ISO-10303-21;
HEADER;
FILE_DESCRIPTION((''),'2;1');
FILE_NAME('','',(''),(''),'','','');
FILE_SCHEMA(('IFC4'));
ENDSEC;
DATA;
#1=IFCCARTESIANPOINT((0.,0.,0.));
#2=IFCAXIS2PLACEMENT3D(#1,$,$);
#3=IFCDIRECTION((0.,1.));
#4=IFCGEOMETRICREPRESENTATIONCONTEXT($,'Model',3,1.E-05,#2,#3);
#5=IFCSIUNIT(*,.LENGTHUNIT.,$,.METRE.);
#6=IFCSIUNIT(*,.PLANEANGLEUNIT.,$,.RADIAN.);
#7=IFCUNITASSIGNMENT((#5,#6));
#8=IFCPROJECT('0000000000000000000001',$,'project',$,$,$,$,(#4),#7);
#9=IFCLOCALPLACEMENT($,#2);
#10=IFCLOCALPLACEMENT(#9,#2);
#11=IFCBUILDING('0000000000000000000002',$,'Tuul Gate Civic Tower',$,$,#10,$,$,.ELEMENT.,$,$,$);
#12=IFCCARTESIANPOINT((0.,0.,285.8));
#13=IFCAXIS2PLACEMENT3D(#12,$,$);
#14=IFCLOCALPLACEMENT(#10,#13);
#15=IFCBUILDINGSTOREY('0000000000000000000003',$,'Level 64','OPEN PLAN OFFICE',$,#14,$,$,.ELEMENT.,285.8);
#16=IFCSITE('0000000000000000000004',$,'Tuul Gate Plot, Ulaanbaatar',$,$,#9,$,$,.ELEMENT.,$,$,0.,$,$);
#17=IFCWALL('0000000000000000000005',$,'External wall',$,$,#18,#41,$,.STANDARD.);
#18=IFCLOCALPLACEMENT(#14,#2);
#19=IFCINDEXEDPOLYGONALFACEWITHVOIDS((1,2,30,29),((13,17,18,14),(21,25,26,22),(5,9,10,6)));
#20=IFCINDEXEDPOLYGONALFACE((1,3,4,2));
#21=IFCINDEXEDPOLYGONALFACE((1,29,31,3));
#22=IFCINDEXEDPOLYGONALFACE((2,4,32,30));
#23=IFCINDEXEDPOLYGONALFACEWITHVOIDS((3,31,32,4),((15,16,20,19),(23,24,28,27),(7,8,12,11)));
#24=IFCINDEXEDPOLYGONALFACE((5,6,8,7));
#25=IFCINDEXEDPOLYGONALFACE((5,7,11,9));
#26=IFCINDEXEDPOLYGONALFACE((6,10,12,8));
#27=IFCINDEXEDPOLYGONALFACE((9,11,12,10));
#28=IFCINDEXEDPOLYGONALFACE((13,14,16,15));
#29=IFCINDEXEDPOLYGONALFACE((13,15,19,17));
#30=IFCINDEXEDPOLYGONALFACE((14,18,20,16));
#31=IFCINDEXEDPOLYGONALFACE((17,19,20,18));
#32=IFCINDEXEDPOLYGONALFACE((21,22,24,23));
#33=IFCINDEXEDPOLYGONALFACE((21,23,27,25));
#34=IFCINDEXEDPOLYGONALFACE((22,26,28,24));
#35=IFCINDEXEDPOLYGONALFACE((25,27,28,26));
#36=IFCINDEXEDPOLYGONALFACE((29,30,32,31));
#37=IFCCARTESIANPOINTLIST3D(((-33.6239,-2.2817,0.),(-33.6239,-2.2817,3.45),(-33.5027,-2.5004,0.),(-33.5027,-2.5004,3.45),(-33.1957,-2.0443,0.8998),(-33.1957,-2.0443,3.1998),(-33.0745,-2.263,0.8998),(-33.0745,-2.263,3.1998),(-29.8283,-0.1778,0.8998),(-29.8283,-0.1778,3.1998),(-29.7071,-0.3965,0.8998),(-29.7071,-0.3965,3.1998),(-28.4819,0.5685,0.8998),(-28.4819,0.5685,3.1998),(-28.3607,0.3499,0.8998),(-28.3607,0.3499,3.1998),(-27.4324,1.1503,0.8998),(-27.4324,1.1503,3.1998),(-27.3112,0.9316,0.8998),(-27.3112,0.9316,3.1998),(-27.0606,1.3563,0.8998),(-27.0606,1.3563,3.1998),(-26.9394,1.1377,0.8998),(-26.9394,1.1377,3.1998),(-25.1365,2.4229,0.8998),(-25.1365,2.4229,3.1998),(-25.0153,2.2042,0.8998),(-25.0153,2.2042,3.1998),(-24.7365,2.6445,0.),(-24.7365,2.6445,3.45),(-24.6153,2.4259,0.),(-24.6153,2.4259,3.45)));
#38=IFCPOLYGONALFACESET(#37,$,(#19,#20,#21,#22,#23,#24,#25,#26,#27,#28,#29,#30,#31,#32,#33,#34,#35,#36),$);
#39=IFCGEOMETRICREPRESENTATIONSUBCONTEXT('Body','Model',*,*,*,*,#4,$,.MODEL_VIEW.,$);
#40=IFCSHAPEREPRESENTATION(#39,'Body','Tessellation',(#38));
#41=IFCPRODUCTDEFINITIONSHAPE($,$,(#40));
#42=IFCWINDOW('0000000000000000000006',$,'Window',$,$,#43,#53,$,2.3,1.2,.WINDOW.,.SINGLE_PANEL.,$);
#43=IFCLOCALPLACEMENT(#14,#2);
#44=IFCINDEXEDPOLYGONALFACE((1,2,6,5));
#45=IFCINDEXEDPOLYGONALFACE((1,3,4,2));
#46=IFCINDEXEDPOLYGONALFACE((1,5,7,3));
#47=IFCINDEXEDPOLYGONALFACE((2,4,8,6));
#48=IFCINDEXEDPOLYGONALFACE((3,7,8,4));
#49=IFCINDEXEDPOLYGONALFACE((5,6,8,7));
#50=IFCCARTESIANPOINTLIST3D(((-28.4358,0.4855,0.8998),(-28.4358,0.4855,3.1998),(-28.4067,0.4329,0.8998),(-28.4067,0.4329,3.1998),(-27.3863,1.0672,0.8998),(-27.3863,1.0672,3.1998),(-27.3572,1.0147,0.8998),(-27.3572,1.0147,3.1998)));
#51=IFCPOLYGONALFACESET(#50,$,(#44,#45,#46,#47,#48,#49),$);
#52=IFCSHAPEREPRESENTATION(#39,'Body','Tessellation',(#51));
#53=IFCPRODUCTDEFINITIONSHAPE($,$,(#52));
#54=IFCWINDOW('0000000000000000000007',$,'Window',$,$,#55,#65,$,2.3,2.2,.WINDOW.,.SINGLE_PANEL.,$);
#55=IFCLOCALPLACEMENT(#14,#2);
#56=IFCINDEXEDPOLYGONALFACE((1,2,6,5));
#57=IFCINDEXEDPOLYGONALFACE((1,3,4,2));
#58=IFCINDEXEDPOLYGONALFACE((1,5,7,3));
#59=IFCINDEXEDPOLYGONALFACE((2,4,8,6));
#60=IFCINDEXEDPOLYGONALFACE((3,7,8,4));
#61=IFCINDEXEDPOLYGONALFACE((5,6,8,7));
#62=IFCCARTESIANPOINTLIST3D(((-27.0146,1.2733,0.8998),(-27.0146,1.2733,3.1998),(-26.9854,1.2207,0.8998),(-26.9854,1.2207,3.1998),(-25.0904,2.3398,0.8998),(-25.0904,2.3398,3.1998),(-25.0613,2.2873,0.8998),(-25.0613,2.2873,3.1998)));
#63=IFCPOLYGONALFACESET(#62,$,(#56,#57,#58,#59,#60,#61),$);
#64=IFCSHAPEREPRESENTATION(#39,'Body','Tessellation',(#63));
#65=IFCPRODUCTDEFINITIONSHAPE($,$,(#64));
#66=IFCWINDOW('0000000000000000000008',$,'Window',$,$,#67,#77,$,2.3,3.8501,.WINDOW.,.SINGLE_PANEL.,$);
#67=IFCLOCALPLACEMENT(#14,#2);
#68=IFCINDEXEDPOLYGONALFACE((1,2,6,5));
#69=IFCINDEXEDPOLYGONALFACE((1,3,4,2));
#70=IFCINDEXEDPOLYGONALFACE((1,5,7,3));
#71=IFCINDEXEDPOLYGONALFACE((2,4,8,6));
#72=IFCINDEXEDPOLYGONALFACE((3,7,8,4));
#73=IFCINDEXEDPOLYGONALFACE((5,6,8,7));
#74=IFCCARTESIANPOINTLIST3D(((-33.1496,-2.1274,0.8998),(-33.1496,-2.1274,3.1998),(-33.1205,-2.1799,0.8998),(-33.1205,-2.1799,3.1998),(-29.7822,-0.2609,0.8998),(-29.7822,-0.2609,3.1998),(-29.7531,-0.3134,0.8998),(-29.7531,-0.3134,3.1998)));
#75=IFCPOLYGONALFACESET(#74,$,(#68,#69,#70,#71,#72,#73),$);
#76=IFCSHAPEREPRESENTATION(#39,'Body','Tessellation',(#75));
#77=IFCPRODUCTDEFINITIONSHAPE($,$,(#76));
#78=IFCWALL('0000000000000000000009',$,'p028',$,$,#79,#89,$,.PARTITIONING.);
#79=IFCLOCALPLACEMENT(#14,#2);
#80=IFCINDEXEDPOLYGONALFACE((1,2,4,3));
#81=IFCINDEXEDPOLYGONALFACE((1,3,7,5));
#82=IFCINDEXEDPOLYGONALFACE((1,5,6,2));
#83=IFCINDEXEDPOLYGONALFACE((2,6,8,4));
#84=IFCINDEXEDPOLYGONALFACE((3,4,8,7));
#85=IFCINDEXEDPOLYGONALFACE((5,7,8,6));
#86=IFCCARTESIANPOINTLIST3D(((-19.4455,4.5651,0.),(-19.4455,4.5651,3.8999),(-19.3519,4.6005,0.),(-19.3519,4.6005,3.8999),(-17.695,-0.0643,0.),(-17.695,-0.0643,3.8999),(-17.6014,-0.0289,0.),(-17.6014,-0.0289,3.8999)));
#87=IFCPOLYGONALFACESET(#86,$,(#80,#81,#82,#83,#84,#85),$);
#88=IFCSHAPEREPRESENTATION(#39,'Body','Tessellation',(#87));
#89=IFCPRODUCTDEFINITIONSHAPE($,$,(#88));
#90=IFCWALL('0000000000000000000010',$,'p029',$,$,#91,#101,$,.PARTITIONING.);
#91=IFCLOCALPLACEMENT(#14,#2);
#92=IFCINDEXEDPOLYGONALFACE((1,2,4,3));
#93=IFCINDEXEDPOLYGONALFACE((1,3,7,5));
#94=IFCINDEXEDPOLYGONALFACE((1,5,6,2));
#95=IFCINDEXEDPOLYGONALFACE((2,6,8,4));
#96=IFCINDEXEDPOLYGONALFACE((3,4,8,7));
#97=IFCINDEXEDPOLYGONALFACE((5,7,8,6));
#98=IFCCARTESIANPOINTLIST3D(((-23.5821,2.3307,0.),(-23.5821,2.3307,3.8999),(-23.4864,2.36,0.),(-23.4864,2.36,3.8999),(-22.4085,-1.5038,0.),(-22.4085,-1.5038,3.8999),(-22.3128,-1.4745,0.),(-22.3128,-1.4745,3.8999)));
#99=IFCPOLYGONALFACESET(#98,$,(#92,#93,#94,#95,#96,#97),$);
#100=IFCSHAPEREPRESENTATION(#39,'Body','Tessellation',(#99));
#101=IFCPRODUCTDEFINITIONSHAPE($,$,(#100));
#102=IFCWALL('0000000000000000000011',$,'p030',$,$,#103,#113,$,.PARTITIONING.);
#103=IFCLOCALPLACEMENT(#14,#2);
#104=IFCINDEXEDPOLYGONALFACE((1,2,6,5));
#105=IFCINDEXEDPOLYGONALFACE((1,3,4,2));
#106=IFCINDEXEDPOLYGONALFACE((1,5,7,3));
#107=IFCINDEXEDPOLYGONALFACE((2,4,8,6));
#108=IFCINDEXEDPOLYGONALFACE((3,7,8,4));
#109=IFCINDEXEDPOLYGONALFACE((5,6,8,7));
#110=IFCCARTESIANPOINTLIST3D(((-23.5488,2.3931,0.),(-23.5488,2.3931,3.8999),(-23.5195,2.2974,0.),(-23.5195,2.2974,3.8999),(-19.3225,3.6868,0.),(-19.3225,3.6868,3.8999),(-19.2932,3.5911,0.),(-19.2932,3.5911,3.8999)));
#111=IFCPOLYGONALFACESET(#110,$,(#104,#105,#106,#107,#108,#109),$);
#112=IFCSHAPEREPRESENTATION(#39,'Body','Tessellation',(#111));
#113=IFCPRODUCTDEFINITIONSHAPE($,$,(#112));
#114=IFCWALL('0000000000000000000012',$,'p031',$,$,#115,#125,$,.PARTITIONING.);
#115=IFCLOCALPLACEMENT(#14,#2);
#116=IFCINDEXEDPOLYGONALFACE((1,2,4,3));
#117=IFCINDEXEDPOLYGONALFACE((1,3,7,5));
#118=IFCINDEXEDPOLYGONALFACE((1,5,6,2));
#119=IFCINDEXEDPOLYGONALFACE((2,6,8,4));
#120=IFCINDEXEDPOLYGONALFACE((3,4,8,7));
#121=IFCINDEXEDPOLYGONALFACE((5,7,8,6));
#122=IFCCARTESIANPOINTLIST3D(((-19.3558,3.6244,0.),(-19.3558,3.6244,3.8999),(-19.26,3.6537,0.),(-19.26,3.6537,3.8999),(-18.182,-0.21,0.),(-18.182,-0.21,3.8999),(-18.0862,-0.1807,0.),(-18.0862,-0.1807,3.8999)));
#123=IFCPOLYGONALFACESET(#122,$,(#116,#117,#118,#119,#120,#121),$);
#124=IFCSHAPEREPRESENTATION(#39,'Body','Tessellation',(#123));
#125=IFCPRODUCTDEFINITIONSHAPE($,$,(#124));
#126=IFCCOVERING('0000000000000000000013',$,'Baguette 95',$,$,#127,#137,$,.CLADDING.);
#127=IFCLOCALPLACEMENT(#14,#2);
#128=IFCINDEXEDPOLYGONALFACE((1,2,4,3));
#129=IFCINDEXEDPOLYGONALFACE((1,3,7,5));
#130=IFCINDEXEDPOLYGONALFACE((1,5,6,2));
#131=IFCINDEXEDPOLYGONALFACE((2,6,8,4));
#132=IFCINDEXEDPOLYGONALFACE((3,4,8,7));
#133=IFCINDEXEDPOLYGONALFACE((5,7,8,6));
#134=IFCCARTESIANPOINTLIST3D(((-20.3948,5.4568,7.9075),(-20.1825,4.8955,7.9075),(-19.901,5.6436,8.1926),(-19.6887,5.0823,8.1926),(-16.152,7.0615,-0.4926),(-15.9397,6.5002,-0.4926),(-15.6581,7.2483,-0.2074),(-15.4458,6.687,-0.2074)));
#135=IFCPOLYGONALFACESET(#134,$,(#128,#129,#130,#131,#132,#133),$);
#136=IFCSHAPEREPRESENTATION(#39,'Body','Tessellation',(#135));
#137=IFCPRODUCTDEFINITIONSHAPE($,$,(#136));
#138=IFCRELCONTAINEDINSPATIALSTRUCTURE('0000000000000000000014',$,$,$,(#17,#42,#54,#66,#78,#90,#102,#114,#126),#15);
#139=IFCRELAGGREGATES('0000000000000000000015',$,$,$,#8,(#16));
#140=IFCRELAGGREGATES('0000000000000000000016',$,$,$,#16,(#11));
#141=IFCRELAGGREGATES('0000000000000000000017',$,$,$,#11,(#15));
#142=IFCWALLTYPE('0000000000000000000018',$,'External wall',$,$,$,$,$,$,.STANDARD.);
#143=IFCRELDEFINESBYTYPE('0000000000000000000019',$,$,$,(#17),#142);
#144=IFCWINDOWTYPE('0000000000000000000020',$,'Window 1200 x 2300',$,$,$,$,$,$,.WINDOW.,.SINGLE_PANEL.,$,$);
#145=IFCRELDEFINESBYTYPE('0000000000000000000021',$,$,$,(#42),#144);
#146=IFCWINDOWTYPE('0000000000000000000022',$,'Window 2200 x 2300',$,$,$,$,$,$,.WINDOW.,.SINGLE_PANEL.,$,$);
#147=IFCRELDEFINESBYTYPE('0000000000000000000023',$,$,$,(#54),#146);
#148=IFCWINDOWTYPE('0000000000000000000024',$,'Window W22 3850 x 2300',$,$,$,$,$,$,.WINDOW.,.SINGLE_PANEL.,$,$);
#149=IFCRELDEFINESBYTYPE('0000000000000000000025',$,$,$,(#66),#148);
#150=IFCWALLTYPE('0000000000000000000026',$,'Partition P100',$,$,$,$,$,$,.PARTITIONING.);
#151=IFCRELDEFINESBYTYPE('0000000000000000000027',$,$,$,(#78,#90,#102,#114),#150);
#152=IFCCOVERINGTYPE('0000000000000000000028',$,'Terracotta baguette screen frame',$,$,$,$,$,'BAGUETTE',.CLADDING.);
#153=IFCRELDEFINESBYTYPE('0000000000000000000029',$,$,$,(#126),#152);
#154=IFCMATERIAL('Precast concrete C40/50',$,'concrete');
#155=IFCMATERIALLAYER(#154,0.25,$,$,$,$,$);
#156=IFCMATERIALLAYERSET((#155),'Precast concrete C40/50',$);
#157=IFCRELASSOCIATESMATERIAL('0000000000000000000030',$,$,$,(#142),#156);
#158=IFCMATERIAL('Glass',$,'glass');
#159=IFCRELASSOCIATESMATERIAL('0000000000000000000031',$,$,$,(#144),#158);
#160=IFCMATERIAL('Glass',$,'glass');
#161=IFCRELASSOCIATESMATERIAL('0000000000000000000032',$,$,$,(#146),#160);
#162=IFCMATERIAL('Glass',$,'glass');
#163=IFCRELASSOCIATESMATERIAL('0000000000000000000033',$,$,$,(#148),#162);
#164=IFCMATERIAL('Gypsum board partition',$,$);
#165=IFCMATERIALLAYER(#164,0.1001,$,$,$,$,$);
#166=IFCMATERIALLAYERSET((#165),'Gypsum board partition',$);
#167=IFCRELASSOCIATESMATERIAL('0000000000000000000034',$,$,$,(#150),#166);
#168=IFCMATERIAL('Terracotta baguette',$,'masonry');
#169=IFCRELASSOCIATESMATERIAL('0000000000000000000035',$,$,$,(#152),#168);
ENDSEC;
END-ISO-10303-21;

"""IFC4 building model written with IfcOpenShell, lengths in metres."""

from ifc_helpers import new_model, si_unit, direction, frame, frame_2d, origin, origin_2d, place, context, subcontext, project, spatial, rectangle, extrude, material, layer, layer_set, material_profile, profile_set, type_object, element, fill, save


model = new_model("IFC4")

# Units and contexts
model_context = context("Model", 3, precision=1e-05, world=origin(), true_north=direction((0.0, 1.0)))
body_context = subcontext(model_context, "Body", "Model", "MODEL_VIEW")
ifc_project = project(units=[si_unit("LENGTHUNIT", "METRE"), si_unit("PLANEANGLEUNIT", "RADIAN")], contexts=[model_context])

# Site, building, storey
site_placement = place(None, origin())
site = spatial("IfcSite", under=ifc_project, at=site_placement, Name="Tuul Gate Plot, Ulaanbaatar", CompositionType="ELEMENT", RefElevation=0.0)
building_placement = place(site_placement, origin())
building = spatial("IfcBuilding", under=site, at=building_placement, Name="Tuul Gate Civic Tower", CompositionType="ELEMENT")
storey_placement = place(building_placement, frame((0.0, 0.0, 285.8)))
storey = spatial("IfcBuildingStorey", under=building, at=storey_placement, Name="Level 64", Description="OPEN PLAN OFFICE", CompositionType="ELEMENT", Elevation=285.8)

# Wall, openings, windows
ifc_material_1 = material(Name="Precast concrete C40/50", Category="concrete")
ifc_layer_1 = layer(ifc_material_1, 0.25)
ifc_layer_set_1 = layer_set([ifc_layer_1], Name="Precast concrete C40/50")
wall_type_1 = type_object("IfcWallType", Name="External wall", PredefinedType="STANDARD", material=ifc_layer_set_1)
wall_1_placement = place(storey_placement, frame((-24.676, 2.5352, 0.0), z_axis=(0.0, 0.0, 1.0), x_axis=(-0.874625, -0.4848, 0.0)))
wall_1 = element("IfcWall", 1, at=wall_1_placement, inside=storey, type_object=wall_type_1, Name="External wall", PredefinedType="STANDARD", context=body_context, shape_type="SweptSolid", body=[
    extrude(rectangle(XDim=10.1614, YDim=0.25, at=frame_2d((5.0806, 0.0))), origin(), (0.0, 0.0, 1.0), 3.45),
])
opening_1_placement = place(wall_1_placement, frame((5.8215, 0.0, 0.8999)))
opening_1 = element("IfcOpeningElement", 2, at=opening_1_placement, cuts=wall_1, PredefinedType="OPENING", context=body_context, shape_type="SweptSolid", body=[
    extrude(rectangle(XDim=3.8501, YDim=2.3, at=frame_2d((1.925, 1.1499))), frame((0.0, 0.135, 0.0), z_axis=(0.0, -1.0, 0.0), x_axis=(1.0, 0.0, 0.0)), (0.0, 0.0, 1.0), 0.27),
])
opening_2_placement = place(wall_1_placement, frame((0.457, 0.0, 0.8999)))
opening_2 = element("IfcOpeningElement", 3, at=opening_2_placement, cuts=wall_1, PredefinedType="OPENING", context=body_context, shape_type="SweptSolid", body=[
    extrude(rectangle(XDim=2.2, YDim=2.3, at=frame_2d((1.1001, 1.1499))), frame((0.0, 0.135, 0.0), z_axis=(0.0, -1.0, 0.0), x_axis=(1.0, 0.0, 0.0)), (0.0, 0.0, 1.0), 0.27),
])
opening_3_placement = place(wall_1_placement, frame((3.082, 0.0, 0.8999)))
opening_3 = element("IfcOpeningElement", 4, at=opening_3_placement, cuts=wall_1, PredefinedType="OPENING", context=body_context, shape_type="SweptSolid", body=[
    extrude(rectangle(XDim=1.2, YDim=2.3, at=frame_2d((0.6001, 1.1499))), frame((0.0, 0.135, 0.0), z_axis=(0.0, -1.0, 0.0), x_axis=(1.0, 0.0, 0.0)), (0.0, 0.0, 1.0), 0.27),
])
ifc_material_2 = material(Name="Glass", Category="glass")
window_type_1 = type_object("IfcWindowType", Name="Window 1200 x 2300", PartitioningType="SINGLE_PANEL", PredefinedType="WINDOW", material=ifc_material_2)
window_1_placement = place(opening_3_placement, origin())
window_1 = element("IfcWindow", 5, at=window_1_placement, inside=storey, type_object=window_type_1, Name="Window", OverallHeight=2.3, OverallWidth=1.2, PartitioningType="SINGLE_PANEL", PredefinedType="WINDOW", context=body_context, shape_type="SweptSolid", body=[
    extrude(rectangle(XDim=1.2, YDim=2.3, at=frame_2d((0.6001, 1.1499))), frame((0.0, 0.03, 0.0), z_axis=(0.0, -1.0, 0.0), x_axis=(1.0, 0.0, 0.0)), (0.0, 0.0, 1.0), 0.0601),
])
fill(opening_3, window_1)
ifc_material_3 = material(Name="Glass", Category="glass")
window_type_2 = type_object("IfcWindowType", Name="Window 2200 x 2300", PartitioningType="SINGLE_PANEL", PredefinedType="WINDOW", material=ifc_material_3)
window_2_placement = place(opening_2_placement, origin())
window_2 = element("IfcWindow", 6, at=window_2_placement, inside=storey, type_object=window_type_2, Name="Window", OverallHeight=2.3, OverallWidth=2.2, PartitioningType="SINGLE_PANEL", PredefinedType="WINDOW", context=body_context, shape_type="SweptSolid", body=[
    extrude(rectangle(XDim=2.2, YDim=2.3, at=frame_2d((1.1001, 1.1499))), frame((0.0, 0.03, 0.0), z_axis=(0.0, -1.0, 0.0), x_axis=(1.0, 0.0, 0.0)), (0.0, 0.0, 1.0), 0.0601),
])
fill(opening_2, window_2)
ifc_material_4 = material(Name="Glass", Category="glass")
window_type_3 = type_object("IfcWindowType", Name="Window W22 3850 x 2300", PartitioningType="SINGLE_PANEL", PredefinedType="WINDOW", material=ifc_material_4)
window_3_placement = place(opening_1_placement, origin())
window_3 = element("IfcWindow", 7, at=window_3_placement, inside=storey, type_object=window_type_3, Name="Window", OverallHeight=2.3, OverallWidth=3.8501, PartitioningType="SINGLE_PANEL", PredefinedType="WINDOW", context=body_context, shape_type="SweptSolid", body=[
    extrude(rectangle(XDim=3.8501, YDim=2.3, at=frame_2d((1.925, 1.1499))), frame((0.0, 0.03, 0.0), z_axis=(0.0, -1.0, 0.0), x_axis=(1.0, 0.0, 0.0)), (0.0, 0.0, 1.0), 0.0601),
])
fill(opening_1, window_3)

# Walls
ifc_material_5 = material(Name="Gypsum board partition")
ifc_layer_2 = layer(ifc_material_5, 0.1001)
ifc_layer_set_2 = layer_set([ifc_layer_2], Name="Gypsum board partition")
wall_type_2 = type_object("IfcWallType", Name="Partition P100", PredefinedType="PARTITIONING", material=ifc_layer_set_2)
wall_2_placement = place(storey_placement, frame((-19.3987, 4.5828, 0.0), z_axis=(0.0, 0.0, 1.0), x_axis=(0.353684, -0.935365, 0.0)))
element("IfcWall", 8, at=wall_2_placement, inside=storey, type_object=wall_type_2, Name="p028", PredefinedType="PARTITIONING", context=body_context, shape_type="SweptSolid", body=[
    extrude(rectangle(XDim=4.9492, YDim=0.1001, at=frame_2d((2.4746, 0.0))), origin(), (0.0, 0.0, 1.0), 3.8999),
])
wall_3_placement = place(storey_placement, frame((-23.5342, 2.3452, 0.0), z_axis=(0.0, 0.0, 1.0), x_axis=(0.292661, -0.956216, 0.0)))
element("IfcWall", 9, at=wall_3_placement, inside=storey, type_object=wall_type_2, Name="p029", PredefinedType="PARTITIONING", context=body_context, shape_type="SweptSolid", body=[
    extrude(rectangle(XDim=4.01, YDim=0.1001, at=frame_2d((2.0049, 0.0))), origin(), (0.0, 0.0, 1.0), 3.8999),
])
wall_4_placement = place(storey_placement, frame((-23.5342, 2.3452, 0.0), z_axis=(0.0, 0.0, 1.0), x_axis=(0.956204, 0.2927, 0.0)))
element("IfcWall", 10, at=wall_4_placement, inside=storey, type_object=wall_type_2, Name="p030", PredefinedType="PARTITIONING", context=body_context, shape_type="SweptSolid", body=[
    extrude(rectangle(XDim=4.4199, YDim=0.1001, at=frame_2d((2.21, 0.0))), origin(), (0.0, 0.0, 1.0), 3.8999),
])
wall_5_placement = place(storey_placement, frame((-19.3079, 3.6389, 0.0), z_axis=(0.0, 0.0, 1.0), x_axis=(0.292717, -0.956199, 0.0)))
element("IfcWall", 11, at=wall_5_placement, inside=storey, type_object=wall_type_2, Name="p031", PredefinedType="PARTITIONING", context=body_context, shape_type="SweptSolid", body=[
    extrude(rectangle(XDim=4.01, YDim=0.1001, at=frame_2d((2.0049, 0.0))), origin(), (0.0, 0.0, 1.0), 3.8999),
])

# Covering
ifc_material_6 = material(Name="Terracotta baguette", Category="masonry")
ifc_material_profile_1 = material_profile(ifc_material_6, rectangle(XDim=0.6001, YDim=0.6001, at=origin_2d()), Name="Terracotta baguette screen frame")
ifc_profile_set_1 = profile_set([ifc_material_profile_1], Name="Terracotta baguette")
covering_type = type_object("IfcCoveringType", Name="Terracotta baguette screen frame", ElementType="BAGUETTE", PredefinedType="CLADDING", material=ifc_profile_set_1)
covering_placement = place(storey_placement, frame((-20.0417, 5.2695, 8.05), z_axis=(0.444437, 0.168093, -0.879898), x_axis=(-0.353758, 0.935337, 0.0)))
element("IfcCovering", 12, at=covering_placement, inside=storey, type_object=covering_type, Name="Baguette 95", PredefinedType="CLADDING", context=body_context, shape_type="SweptSolid", body=[
    extrude(rectangle(XDim=0.6001, YDim=0.6001, at=origin_2d()), origin(), (0.0, 0.0, 1.0), 9.5466),
])

save(model, "model.ifc")
